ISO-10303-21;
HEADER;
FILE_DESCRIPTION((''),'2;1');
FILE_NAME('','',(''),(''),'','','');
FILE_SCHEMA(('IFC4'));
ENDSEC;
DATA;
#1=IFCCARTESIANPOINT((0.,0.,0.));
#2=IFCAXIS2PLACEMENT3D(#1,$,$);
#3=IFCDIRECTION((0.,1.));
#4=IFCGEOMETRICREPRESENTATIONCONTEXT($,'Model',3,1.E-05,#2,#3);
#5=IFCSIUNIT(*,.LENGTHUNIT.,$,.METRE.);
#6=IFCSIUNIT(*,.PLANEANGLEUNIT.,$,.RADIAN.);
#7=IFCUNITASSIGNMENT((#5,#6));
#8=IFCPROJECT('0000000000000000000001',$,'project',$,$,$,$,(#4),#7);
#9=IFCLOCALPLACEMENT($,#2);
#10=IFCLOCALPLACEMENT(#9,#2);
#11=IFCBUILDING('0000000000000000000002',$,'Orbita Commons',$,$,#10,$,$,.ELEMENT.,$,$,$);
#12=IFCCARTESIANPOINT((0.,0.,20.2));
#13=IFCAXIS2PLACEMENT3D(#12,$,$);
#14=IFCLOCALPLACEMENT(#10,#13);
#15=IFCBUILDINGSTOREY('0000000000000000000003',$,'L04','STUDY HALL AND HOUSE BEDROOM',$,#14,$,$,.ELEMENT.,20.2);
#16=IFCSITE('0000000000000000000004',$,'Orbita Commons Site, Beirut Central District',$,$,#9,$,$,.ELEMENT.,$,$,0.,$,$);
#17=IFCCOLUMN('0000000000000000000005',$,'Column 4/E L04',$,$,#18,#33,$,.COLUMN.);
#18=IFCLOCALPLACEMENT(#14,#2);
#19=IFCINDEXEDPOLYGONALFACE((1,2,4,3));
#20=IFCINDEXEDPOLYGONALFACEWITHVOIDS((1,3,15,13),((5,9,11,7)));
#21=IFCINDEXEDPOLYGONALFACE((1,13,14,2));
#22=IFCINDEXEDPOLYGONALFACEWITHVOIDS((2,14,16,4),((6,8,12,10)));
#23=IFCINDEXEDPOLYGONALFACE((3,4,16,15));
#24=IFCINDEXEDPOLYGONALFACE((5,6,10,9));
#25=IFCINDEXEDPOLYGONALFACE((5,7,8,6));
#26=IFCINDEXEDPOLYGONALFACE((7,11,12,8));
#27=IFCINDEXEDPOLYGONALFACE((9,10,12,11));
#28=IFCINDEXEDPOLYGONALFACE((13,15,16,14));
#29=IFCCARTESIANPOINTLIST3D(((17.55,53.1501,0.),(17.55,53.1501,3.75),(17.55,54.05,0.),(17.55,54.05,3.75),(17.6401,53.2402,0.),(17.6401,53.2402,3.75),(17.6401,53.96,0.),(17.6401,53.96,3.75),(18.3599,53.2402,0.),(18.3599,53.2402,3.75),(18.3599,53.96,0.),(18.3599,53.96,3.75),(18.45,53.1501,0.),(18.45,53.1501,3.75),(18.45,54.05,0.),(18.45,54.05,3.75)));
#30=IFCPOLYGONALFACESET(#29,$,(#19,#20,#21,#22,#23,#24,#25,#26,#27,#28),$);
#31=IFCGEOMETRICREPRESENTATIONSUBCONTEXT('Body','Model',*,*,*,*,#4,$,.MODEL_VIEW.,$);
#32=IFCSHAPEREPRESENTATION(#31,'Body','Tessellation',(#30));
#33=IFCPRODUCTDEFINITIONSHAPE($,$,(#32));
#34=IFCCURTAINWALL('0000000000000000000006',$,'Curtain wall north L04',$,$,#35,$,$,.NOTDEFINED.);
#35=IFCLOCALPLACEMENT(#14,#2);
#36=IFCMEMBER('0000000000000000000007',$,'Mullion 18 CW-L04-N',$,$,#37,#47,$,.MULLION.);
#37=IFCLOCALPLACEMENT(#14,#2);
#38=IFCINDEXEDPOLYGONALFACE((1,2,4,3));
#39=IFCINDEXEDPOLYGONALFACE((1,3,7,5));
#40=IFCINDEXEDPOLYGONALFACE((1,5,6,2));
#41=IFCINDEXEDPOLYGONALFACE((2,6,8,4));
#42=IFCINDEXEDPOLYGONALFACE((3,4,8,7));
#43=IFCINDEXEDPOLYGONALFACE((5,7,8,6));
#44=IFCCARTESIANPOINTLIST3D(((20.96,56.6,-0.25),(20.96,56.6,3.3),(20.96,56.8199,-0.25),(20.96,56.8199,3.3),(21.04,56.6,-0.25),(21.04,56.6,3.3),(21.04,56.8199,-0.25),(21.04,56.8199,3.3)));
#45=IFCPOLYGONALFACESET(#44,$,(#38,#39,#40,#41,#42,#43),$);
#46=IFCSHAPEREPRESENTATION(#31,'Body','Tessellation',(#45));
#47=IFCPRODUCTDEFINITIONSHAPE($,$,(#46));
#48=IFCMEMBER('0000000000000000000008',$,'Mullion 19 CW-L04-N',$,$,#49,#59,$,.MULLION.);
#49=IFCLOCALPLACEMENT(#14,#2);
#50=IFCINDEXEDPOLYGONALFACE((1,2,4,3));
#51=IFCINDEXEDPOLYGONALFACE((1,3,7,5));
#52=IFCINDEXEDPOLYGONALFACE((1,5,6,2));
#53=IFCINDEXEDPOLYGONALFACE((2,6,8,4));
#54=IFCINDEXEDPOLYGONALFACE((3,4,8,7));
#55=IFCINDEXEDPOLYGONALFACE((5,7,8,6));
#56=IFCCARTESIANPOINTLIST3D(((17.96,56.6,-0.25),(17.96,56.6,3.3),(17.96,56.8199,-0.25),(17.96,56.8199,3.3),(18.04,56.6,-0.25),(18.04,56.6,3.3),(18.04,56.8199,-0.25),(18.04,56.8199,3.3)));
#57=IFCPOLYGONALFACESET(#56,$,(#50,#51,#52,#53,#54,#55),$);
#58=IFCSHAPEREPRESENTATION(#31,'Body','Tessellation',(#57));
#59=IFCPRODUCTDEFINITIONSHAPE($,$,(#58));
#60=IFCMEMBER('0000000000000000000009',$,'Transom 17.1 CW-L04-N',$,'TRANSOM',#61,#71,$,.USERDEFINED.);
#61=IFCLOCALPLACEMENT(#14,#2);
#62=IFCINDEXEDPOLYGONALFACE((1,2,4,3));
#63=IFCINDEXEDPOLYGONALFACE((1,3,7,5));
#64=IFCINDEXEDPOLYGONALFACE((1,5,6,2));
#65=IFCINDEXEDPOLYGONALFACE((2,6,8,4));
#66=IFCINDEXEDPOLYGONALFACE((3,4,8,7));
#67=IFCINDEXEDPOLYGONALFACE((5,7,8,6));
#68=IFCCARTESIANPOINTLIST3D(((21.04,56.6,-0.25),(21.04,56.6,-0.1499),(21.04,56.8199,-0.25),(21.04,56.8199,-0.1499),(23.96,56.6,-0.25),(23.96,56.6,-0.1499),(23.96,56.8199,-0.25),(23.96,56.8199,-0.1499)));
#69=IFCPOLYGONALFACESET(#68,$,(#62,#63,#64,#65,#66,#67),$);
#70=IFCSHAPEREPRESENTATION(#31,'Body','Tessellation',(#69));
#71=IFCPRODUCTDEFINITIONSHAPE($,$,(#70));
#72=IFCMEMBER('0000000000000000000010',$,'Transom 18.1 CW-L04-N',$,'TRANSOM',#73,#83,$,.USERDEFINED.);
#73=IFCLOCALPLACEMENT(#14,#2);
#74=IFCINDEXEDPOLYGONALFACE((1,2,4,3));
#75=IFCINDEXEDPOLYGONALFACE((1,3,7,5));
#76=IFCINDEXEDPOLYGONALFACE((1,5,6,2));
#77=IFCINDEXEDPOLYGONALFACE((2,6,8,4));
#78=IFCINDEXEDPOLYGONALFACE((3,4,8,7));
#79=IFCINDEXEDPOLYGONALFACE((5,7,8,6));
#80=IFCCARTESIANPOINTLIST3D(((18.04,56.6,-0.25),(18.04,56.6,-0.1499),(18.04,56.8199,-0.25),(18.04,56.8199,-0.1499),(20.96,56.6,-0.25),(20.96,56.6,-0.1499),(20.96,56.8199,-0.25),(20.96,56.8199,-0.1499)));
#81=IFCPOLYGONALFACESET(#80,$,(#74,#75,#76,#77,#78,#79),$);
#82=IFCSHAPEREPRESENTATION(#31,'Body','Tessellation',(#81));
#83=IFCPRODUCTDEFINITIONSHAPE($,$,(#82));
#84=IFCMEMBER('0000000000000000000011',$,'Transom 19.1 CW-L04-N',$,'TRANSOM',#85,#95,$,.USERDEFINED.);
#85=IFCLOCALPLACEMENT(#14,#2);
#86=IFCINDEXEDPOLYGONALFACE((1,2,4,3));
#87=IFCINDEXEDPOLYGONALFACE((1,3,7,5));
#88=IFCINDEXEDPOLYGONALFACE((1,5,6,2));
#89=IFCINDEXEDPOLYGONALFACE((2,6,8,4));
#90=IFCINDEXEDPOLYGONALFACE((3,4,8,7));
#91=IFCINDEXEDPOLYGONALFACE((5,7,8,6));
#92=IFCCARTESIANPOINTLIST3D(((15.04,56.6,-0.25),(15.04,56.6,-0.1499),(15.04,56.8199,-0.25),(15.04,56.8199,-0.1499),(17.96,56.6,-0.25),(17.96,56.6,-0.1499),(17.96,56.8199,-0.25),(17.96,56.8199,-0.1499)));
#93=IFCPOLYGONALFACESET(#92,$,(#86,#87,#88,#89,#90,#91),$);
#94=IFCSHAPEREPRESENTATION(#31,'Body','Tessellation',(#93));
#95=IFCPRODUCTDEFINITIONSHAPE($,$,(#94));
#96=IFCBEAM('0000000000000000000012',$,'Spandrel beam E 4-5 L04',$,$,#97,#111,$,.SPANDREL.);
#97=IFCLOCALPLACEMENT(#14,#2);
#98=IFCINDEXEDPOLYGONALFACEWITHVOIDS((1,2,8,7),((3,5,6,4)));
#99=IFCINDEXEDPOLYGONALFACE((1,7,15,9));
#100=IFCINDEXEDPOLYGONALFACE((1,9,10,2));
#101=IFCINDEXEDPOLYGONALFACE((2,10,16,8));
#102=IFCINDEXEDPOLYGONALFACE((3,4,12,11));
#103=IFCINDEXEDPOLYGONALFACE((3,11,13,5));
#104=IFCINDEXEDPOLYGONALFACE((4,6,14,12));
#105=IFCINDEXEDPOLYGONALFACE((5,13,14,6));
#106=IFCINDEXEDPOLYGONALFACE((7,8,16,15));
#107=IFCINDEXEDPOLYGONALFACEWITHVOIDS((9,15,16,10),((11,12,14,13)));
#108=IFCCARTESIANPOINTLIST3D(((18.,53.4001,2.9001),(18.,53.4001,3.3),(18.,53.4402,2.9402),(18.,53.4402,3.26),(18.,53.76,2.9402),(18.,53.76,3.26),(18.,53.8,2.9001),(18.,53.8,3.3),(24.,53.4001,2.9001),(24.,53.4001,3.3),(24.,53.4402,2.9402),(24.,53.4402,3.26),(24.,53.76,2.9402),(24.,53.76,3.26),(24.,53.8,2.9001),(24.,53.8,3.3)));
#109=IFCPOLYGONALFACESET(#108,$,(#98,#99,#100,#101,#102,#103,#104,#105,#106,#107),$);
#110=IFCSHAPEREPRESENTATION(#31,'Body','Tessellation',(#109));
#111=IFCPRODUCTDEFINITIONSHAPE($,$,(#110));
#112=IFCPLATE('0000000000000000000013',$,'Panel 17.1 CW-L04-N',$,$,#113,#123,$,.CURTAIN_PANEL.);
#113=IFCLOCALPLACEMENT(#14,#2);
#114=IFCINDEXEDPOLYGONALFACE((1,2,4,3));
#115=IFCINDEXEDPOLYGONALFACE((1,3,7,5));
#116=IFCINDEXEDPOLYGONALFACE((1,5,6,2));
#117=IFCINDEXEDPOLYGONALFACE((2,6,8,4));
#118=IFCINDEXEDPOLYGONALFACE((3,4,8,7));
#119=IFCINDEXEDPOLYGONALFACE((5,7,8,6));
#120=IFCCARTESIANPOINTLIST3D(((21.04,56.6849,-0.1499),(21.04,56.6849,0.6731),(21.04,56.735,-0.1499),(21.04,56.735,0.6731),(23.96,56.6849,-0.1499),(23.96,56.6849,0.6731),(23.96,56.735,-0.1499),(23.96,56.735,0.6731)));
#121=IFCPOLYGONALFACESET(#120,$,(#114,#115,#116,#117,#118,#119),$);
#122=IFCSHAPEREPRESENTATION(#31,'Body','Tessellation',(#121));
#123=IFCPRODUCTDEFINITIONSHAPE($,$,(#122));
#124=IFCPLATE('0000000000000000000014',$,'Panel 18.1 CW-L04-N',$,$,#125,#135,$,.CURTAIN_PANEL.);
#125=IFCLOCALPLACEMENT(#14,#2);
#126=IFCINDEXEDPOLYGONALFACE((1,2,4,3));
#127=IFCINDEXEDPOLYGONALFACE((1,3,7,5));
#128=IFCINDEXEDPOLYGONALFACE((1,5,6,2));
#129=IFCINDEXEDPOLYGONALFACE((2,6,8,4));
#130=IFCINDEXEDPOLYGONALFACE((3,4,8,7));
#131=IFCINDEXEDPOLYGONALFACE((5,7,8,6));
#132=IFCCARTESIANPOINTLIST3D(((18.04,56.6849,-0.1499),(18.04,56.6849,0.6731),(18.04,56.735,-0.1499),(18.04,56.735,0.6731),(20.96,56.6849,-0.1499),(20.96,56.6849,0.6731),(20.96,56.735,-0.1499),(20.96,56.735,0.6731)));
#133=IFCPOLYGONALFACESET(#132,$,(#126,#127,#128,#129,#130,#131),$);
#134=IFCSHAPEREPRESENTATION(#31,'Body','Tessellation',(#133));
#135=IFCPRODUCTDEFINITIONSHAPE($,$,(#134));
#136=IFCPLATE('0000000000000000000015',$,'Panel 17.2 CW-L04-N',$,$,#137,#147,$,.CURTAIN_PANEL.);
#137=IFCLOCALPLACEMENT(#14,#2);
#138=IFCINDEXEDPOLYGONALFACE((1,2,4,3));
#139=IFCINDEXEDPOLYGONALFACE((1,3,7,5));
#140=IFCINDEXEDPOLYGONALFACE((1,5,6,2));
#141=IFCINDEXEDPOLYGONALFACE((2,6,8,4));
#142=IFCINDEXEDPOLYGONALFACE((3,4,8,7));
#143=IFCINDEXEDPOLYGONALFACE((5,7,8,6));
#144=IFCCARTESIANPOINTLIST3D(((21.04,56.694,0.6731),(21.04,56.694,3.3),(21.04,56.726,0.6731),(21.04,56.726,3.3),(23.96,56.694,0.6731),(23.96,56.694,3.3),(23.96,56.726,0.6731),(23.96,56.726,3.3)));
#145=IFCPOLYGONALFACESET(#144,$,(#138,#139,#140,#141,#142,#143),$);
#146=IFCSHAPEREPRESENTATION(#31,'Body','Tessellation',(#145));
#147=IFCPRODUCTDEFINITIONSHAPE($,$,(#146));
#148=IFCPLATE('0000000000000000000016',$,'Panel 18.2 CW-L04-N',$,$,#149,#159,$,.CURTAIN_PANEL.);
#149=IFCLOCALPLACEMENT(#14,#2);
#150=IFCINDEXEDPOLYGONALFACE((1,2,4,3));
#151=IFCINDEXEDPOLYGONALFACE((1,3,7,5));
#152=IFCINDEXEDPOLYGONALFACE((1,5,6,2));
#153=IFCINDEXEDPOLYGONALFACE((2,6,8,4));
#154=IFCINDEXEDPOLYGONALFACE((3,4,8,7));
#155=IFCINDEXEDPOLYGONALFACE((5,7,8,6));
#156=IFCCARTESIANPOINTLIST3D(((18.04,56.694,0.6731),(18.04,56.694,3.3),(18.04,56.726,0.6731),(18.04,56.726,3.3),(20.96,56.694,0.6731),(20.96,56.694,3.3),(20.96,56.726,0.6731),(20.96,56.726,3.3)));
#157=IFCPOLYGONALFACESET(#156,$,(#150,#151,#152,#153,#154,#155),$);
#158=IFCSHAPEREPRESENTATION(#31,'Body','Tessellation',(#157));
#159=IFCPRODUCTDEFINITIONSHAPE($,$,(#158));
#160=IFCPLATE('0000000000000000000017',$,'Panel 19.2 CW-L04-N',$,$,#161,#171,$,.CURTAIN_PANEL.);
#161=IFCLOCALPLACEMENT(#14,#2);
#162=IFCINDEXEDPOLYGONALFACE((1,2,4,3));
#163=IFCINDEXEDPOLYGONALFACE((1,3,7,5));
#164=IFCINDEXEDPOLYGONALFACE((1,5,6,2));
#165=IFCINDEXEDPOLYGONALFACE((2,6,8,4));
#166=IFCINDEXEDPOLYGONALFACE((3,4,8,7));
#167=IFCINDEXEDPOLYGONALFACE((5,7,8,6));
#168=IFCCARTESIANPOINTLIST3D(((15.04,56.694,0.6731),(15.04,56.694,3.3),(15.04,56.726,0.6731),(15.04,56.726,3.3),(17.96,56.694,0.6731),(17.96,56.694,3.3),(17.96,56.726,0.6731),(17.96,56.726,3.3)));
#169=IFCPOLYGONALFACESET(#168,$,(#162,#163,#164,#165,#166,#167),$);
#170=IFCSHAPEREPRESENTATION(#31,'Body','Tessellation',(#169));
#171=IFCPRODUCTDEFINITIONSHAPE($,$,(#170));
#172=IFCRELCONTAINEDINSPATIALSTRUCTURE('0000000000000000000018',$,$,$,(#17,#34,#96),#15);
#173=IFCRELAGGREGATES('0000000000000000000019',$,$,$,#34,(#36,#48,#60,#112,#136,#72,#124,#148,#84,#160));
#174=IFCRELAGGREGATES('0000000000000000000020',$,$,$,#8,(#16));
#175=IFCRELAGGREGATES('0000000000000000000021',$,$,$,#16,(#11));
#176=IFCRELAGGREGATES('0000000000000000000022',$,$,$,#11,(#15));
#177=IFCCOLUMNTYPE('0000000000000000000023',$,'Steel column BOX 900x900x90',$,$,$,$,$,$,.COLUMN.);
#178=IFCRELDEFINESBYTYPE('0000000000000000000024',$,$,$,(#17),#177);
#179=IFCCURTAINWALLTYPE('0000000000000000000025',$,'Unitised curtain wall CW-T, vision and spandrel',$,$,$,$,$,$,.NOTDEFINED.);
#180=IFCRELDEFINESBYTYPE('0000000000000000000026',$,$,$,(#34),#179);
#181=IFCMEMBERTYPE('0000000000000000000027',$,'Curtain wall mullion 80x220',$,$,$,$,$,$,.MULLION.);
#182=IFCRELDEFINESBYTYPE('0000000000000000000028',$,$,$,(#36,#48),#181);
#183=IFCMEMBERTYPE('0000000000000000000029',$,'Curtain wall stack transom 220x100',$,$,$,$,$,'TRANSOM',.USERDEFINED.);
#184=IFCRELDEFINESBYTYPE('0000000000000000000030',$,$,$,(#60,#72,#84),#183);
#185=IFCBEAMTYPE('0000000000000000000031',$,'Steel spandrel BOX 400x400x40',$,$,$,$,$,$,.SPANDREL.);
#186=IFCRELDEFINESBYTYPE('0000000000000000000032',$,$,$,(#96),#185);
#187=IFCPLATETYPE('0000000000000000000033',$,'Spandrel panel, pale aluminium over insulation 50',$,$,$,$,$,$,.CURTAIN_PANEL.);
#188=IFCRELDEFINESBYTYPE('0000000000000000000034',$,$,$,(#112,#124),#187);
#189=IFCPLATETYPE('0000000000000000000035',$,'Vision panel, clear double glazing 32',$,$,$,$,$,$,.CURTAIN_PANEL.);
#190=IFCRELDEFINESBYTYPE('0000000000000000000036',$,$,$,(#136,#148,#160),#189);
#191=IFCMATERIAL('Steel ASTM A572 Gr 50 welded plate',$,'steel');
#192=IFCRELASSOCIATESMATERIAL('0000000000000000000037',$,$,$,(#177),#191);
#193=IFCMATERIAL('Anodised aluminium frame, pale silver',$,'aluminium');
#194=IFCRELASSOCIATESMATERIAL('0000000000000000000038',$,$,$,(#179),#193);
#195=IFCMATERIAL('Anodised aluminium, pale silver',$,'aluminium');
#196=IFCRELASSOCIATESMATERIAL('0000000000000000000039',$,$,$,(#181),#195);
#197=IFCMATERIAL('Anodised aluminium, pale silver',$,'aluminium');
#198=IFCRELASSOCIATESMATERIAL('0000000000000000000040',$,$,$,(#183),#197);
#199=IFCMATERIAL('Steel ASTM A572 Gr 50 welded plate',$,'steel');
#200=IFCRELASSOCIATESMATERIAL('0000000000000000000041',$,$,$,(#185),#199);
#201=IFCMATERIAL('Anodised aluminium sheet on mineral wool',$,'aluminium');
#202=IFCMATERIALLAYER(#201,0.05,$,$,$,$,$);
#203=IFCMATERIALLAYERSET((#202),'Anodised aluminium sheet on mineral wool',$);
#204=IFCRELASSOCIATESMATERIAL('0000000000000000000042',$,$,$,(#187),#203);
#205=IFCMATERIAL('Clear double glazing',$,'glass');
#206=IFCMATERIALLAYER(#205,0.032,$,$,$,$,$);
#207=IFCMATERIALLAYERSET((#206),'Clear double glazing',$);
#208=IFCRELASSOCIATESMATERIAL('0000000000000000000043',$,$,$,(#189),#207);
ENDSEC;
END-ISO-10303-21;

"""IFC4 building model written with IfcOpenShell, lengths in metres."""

from ifc_helpers import new_model, si_unit, direction, frame, origin, origin_2d, place, context, subcontext, project, spatial, rectangle, hollow_rectangle, extrude, material, layer, layer_set, material_profile, profile_set, type_object, element, aggregate, save


model = new_model("IFC4")

# Units and contexts
model_context = context("Model", 3, precision=1e-05, world=origin(), true_north=direction((0.0, 1.0)))
body_context = subcontext(model_context, "Body", "Model", "MODEL_VIEW")
ifc_project = project(units=[si_unit("LENGTHUNIT", "METRE"), si_unit("PLANEANGLEUNIT", "RADIAN")], contexts=[model_context])

# Site, building, storey
site_placement = place(None, origin())
site = spatial("IfcSite", under=ifc_project, at=site_placement, Name="Orbita Commons Site, Beirut Central District", CompositionType="ELEMENT", RefElevation=0.0)
building_placement = place(site_placement, origin())
building = spatial("IfcBuilding", under=site, at=building_placement, Name="Orbita Commons", CompositionType="ELEMENT")
storey_placement = place(building_placement, frame((0.0, 0.0, 20.2)))
storey = spatial("IfcBuildingStorey", under=building, at=storey_placement, Name="L04", Description="STUDY HALL AND HOUSE BEDROOM", CompositionType="ELEMENT", Elevation=20.2)

# Column
ifc_material_1 = material(Name="Steel ASTM A572 Gr 50 welded plate", Category="steel")
ifc_material_profile_1 = material_profile(ifc_material_1, hollow_rectangle(XDim=0.8999, YDim=0.8999, WallThickness=0.0901, at=origin_2d()), Name="BOX 900x900x90")
ifc_profile_set_1 = profile_set([ifc_material_profile_1], Name="Steel ASTM A572 Gr 50 welded plate")
column_type = type_object("IfcColumnType", Name="Steel column BOX 900x900x90", PredefinedType="COLUMN", material=ifc_profile_set_1)
column_placement = place(storey_placement, frame((18.0, 53.6001, 0.0), z_axis=(0.0, 0.0, 1.0), x_axis=(1.0, 0.0, 0.0)))
element("IfcColumn", 1, at=column_placement, inside=storey, type_object=column_type, Name="Column 4/E L04", PredefinedType="COLUMN", context=body_context, shape_type="SweptSolid", body=[
    extrude(hollow_rectangle(XDim=0.8999, YDim=0.8999, WallThickness=0.0901, at=origin_2d()), origin(), (0.0, 0.0, 1.0), 3.75),
])

# Curtain wall, members
ifc_material_2 = material(Name="Anodised aluminium frame, pale silver", Category="aluminium")
curtain_wall_type = type_object("IfcCurtainWallType", Name="Unitised curtain wall CW-T, vision and spandrel", PredefinedType="NOTDEFINED", material=ifc_material_2)
curtain_wall_placement = place(storey_placement, origin())
curtain_wall = element("IfcCurtainWall", 2, at=curtain_wall_placement, inside=storey, type_object=curtain_wall_type, Name="Curtain wall north L04", PredefinedType="NOTDEFINED")
ifc_material_3 = material(Name="Anodised aluminium, pale silver", Category="aluminium")
ifc_material_profile_2 = material_profile(ifc_material_3, rectangle(XDim=0.0801, YDim=0.22, at=origin_2d()), Name="AL 80x220")
ifc_profile_set_2 = profile_set([ifc_material_profile_2], Name="Anodised aluminium, pale silver")
member_type_1 = type_object("IfcMemberType", Name="Curtain wall mullion 80x220", PredefinedType="MULLION", material=ifc_profile_set_2)
member_1_placement = place(storey_placement, frame((21.0, 56.71, -0.25), z_axis=(0.0, 0.0, 1.0), x_axis=(-1.0, 0.0, 0.0)))
member_1 = element("IfcMember", 3, at=member_1_placement, type_object=member_type_1, Name="Mullion 18 CW-L04-N", PredefinedType="MULLION", context=body_context, shape_type="SweptSolid", body=[
    extrude(rectangle(XDim=0.0801, YDim=0.22, at=origin_2d()), origin(), (0.0, 0.0, 1.0), 3.55),
])
member_2_placement = place(storey_placement, frame((18.0, 56.71, -0.25), z_axis=(0.0, 0.0, 1.0), x_axis=(-1.0, 0.0, 0.0)))
member_2 = element("IfcMember", 4, at=member_2_placement, type_object=member_type_1, Name="Mullion 19 CW-L04-N", PredefinedType="MULLION", context=body_context, shape_type="SweptSolid", body=[
    extrude(rectangle(XDim=0.0801, YDim=0.22, at=origin_2d()), origin(), (0.0, 0.0, 1.0), 3.55),
])
ifc_material_4 = material(Name="Anodised aluminium, pale silver", Category="aluminium")
ifc_material_profile_3 = material_profile(ifc_material_4, rectangle(XDim=0.22, YDim=0.1001, at=origin_2d()), Name="AL 220x100")
ifc_profile_set_3 = profile_set([ifc_material_profile_3], Name="Anodised aluminium, pale silver")
member_type_2 = type_object("IfcMemberType", Name="Curtain wall stack transom 220x100", ElementType="TRANSOM", PredefinedType="USERDEFINED", material=ifc_profile_set_3)
member_3_placement = place(storey_placement, frame((23.96, 56.71, -0.2), z_axis=(-1.0, 0.0, 0.0), x_axis=(0.0, -1.0, 0.0)))
member_3 = element("IfcMember", 5, at=member_3_placement, type_object=member_type_2, Name="Transom 17.1 CW-L04-N", ObjectType="TRANSOM", PredefinedType="USERDEFINED", context=body_context, shape_type="SweptSolid", body=[
    extrude(rectangle(XDim=0.22, YDim=0.1001, at=origin_2d()), origin(), (0.0, 0.0, 1.0), 2.9199),
])
member_4_placement = place(storey_placement, frame((20.96, 56.71, -0.2), z_axis=(-1.0, 0.0, 0.0), x_axis=(0.0, -1.0, 0.0)))
member_4 = element("IfcMember", 6, at=member_4_placement, type_object=member_type_2, Name="Transom 18.1 CW-L04-N", ObjectType="TRANSOM", PredefinedType="USERDEFINED", context=body_context, shape_type="SweptSolid", body=[
    extrude(rectangle(XDim=0.22, YDim=0.1001, at=origin_2d()), origin(), (0.0, 0.0, 1.0), 2.9199),
])
member_5_placement = place(storey_placement, frame((17.96, 56.71, -0.2), z_axis=(-1.0, 0.0, 0.0), x_axis=(0.0, -1.0, 0.0)))
member_5 = element("IfcMember", 7, at=member_5_placement, type_object=member_type_2, Name="Transom 19.1 CW-L04-N", ObjectType="TRANSOM", PredefinedType="USERDEFINED", context=body_context, shape_type="SweptSolid", body=[
    extrude(rectangle(XDim=0.22, YDim=0.1001, at=origin_2d()), origin(), (0.0, 0.0, 1.0), 2.9199),
])

# Beam
ifc_material_5 = material(Name="Steel ASTM A572 Gr 50 welded plate", Category="steel")
ifc_material_profile_4 = material_profile(ifc_material_5, hollow_rectangle(XDim=0.3999, YDim=0.3999, WallThickness=0.04, at=origin_2d()), Name="BOX 400x400x40")
ifc_profile_set_4 = profile_set([ifc_material_profile_4], Name="Steel ASTM A572 Gr 50 welded plate")
beam_type = type_object("IfcBeamType", Name="Steel spandrel BOX 400x400x40", PredefinedType="SPANDREL", material=ifc_profile_set_4)
beam_placement = place(storey_placement, frame((18.0, 53.6001, 3.1001), z_axis=(1.0, 0.0, 0.0), x_axis=(0.0, 1.0, 0.0)))
element("IfcBeam", 8, at=beam_placement, inside=storey, type_object=beam_type, Name="Spandrel beam E 4-5 L04", PredefinedType="SPANDREL", context=body_context, shape_type="SweptSolid", body=[
    extrude(hollow_rectangle(XDim=0.3999, YDim=0.3999, WallThickness=0.04, at=origin_2d()), origin(), (0.0, 0.0, 1.0), 6.0),
])

# Plates
ifc_material_6 = material(Name="Anodised aluminium sheet on mineral wool", Category="aluminium")
ifc_layer_1 = layer(ifc_material_6, 0.05)
ifc_layer_set_1 = layer_set([ifc_layer_1], Name="Anodised aluminium sheet on mineral wool")
plate_type_1 = type_object("IfcPlateType", Name="Spandrel panel, pale aluminium over insulation 50", PredefinedType="CURTAIN_PANEL", material=ifc_layer_set_1)
plate_1_placement = place(storey_placement, frame((22.5, 56.71, -0.1499), z_axis=(0.0, 0.0, 1.0), x_axis=(-1.0, 0.0, 0.0)))
plate_1 = element("IfcPlate", 9, at=plate_1_placement, type_object=plate_type_1, Name="Panel 17.1 CW-L04-N", PredefinedType="CURTAIN_PANEL", context=body_context, shape_type="SweptSolid", body=[
    extrude(rectangle(XDim=2.9199, YDim=0.05, at=origin_2d()), origin(), (0.0, 0.0, 1.0), 0.823),
])
plate_2_placement = place(storey_placement, frame((19.5, 56.71, -0.1499), z_axis=(0.0, 0.0, 1.0), x_axis=(-1.0, 0.0, 0.0)))
plate_2 = element("IfcPlate", 10, at=plate_2_placement, type_object=plate_type_1, Name="Panel 18.1 CW-L04-N", PredefinedType="CURTAIN_PANEL", context=body_context, shape_type="SweptSolid", body=[
    extrude(rectangle(XDim=2.9199, YDim=0.05, at=origin_2d()), origin(), (0.0, 0.0, 1.0), 0.823),
])
ifc_material_7 = material(Name="Clear double glazing", Category="glass")
ifc_layer_2 = layer(ifc_material_7, 0.032)
ifc_layer_set_2 = layer_set([ifc_layer_2], Name="Clear double glazing")
plate_type_2 = type_object("IfcPlateType", Name="Vision panel, clear double glazing 32", PredefinedType="CURTAIN_PANEL", material=ifc_layer_set_2)
plate_3_placement = place(storey_placement, frame((22.5, 56.71, 0.6731), z_axis=(0.0, 0.0, 1.0), x_axis=(-1.0, 0.0, 0.0)))
plate_3 = element("IfcPlate", 11, at=plate_3_placement, type_object=plate_type_2, Name="Panel 17.2 CW-L04-N", PredefinedType="CURTAIN_PANEL", context=body_context, shape_type="SweptSolid", body=[
    extrude(rectangle(XDim=2.9199, YDim=0.032, at=origin_2d()), origin(), (0.0, 0.0, 1.0), 2.627),
])
plate_4_placement = place(storey_placement, frame((19.5, 56.71, 0.6731), z_axis=(0.0, 0.0, 1.0), x_axis=(-1.0, 0.0, 0.0)))
plate_4 = element("IfcPlate", 12, at=plate_4_placement, type_object=plate_type_2, Name="Panel 18.2 CW-L04-N", PredefinedType="CURTAIN_PANEL", context=body_context, shape_type="SweptSolid", body=[
    extrude(rectangle(XDim=2.9199, YDim=0.032, at=origin_2d()), origin(), (0.0, 0.0, 1.0), 2.627),
])
plate_5_placement = place(storey_placement, frame((16.5, 56.71, 0.6731), z_axis=(0.0, 0.0, 1.0), x_axis=(-1.0, 0.0, 0.0)))
plate_5 = element("IfcPlate", 13, at=plate_5_placement, type_object=plate_type_2, Name="Panel 19.2 CW-L04-N", PredefinedType="CURTAIN_PANEL", context=body_context, shape_type="SweptSolid", body=[
    extrude(rectangle(XDim=2.9199, YDim=0.032, at=origin_2d()), origin(), (0.0, 0.0, 1.0), 2.627),
])
aggregate(curtain_wall, [member_1, member_2, member_3, plate_1, plate_3, member_4, plate_2, plate_4, member_5, plate_5])

save(model, "model.ifc")
